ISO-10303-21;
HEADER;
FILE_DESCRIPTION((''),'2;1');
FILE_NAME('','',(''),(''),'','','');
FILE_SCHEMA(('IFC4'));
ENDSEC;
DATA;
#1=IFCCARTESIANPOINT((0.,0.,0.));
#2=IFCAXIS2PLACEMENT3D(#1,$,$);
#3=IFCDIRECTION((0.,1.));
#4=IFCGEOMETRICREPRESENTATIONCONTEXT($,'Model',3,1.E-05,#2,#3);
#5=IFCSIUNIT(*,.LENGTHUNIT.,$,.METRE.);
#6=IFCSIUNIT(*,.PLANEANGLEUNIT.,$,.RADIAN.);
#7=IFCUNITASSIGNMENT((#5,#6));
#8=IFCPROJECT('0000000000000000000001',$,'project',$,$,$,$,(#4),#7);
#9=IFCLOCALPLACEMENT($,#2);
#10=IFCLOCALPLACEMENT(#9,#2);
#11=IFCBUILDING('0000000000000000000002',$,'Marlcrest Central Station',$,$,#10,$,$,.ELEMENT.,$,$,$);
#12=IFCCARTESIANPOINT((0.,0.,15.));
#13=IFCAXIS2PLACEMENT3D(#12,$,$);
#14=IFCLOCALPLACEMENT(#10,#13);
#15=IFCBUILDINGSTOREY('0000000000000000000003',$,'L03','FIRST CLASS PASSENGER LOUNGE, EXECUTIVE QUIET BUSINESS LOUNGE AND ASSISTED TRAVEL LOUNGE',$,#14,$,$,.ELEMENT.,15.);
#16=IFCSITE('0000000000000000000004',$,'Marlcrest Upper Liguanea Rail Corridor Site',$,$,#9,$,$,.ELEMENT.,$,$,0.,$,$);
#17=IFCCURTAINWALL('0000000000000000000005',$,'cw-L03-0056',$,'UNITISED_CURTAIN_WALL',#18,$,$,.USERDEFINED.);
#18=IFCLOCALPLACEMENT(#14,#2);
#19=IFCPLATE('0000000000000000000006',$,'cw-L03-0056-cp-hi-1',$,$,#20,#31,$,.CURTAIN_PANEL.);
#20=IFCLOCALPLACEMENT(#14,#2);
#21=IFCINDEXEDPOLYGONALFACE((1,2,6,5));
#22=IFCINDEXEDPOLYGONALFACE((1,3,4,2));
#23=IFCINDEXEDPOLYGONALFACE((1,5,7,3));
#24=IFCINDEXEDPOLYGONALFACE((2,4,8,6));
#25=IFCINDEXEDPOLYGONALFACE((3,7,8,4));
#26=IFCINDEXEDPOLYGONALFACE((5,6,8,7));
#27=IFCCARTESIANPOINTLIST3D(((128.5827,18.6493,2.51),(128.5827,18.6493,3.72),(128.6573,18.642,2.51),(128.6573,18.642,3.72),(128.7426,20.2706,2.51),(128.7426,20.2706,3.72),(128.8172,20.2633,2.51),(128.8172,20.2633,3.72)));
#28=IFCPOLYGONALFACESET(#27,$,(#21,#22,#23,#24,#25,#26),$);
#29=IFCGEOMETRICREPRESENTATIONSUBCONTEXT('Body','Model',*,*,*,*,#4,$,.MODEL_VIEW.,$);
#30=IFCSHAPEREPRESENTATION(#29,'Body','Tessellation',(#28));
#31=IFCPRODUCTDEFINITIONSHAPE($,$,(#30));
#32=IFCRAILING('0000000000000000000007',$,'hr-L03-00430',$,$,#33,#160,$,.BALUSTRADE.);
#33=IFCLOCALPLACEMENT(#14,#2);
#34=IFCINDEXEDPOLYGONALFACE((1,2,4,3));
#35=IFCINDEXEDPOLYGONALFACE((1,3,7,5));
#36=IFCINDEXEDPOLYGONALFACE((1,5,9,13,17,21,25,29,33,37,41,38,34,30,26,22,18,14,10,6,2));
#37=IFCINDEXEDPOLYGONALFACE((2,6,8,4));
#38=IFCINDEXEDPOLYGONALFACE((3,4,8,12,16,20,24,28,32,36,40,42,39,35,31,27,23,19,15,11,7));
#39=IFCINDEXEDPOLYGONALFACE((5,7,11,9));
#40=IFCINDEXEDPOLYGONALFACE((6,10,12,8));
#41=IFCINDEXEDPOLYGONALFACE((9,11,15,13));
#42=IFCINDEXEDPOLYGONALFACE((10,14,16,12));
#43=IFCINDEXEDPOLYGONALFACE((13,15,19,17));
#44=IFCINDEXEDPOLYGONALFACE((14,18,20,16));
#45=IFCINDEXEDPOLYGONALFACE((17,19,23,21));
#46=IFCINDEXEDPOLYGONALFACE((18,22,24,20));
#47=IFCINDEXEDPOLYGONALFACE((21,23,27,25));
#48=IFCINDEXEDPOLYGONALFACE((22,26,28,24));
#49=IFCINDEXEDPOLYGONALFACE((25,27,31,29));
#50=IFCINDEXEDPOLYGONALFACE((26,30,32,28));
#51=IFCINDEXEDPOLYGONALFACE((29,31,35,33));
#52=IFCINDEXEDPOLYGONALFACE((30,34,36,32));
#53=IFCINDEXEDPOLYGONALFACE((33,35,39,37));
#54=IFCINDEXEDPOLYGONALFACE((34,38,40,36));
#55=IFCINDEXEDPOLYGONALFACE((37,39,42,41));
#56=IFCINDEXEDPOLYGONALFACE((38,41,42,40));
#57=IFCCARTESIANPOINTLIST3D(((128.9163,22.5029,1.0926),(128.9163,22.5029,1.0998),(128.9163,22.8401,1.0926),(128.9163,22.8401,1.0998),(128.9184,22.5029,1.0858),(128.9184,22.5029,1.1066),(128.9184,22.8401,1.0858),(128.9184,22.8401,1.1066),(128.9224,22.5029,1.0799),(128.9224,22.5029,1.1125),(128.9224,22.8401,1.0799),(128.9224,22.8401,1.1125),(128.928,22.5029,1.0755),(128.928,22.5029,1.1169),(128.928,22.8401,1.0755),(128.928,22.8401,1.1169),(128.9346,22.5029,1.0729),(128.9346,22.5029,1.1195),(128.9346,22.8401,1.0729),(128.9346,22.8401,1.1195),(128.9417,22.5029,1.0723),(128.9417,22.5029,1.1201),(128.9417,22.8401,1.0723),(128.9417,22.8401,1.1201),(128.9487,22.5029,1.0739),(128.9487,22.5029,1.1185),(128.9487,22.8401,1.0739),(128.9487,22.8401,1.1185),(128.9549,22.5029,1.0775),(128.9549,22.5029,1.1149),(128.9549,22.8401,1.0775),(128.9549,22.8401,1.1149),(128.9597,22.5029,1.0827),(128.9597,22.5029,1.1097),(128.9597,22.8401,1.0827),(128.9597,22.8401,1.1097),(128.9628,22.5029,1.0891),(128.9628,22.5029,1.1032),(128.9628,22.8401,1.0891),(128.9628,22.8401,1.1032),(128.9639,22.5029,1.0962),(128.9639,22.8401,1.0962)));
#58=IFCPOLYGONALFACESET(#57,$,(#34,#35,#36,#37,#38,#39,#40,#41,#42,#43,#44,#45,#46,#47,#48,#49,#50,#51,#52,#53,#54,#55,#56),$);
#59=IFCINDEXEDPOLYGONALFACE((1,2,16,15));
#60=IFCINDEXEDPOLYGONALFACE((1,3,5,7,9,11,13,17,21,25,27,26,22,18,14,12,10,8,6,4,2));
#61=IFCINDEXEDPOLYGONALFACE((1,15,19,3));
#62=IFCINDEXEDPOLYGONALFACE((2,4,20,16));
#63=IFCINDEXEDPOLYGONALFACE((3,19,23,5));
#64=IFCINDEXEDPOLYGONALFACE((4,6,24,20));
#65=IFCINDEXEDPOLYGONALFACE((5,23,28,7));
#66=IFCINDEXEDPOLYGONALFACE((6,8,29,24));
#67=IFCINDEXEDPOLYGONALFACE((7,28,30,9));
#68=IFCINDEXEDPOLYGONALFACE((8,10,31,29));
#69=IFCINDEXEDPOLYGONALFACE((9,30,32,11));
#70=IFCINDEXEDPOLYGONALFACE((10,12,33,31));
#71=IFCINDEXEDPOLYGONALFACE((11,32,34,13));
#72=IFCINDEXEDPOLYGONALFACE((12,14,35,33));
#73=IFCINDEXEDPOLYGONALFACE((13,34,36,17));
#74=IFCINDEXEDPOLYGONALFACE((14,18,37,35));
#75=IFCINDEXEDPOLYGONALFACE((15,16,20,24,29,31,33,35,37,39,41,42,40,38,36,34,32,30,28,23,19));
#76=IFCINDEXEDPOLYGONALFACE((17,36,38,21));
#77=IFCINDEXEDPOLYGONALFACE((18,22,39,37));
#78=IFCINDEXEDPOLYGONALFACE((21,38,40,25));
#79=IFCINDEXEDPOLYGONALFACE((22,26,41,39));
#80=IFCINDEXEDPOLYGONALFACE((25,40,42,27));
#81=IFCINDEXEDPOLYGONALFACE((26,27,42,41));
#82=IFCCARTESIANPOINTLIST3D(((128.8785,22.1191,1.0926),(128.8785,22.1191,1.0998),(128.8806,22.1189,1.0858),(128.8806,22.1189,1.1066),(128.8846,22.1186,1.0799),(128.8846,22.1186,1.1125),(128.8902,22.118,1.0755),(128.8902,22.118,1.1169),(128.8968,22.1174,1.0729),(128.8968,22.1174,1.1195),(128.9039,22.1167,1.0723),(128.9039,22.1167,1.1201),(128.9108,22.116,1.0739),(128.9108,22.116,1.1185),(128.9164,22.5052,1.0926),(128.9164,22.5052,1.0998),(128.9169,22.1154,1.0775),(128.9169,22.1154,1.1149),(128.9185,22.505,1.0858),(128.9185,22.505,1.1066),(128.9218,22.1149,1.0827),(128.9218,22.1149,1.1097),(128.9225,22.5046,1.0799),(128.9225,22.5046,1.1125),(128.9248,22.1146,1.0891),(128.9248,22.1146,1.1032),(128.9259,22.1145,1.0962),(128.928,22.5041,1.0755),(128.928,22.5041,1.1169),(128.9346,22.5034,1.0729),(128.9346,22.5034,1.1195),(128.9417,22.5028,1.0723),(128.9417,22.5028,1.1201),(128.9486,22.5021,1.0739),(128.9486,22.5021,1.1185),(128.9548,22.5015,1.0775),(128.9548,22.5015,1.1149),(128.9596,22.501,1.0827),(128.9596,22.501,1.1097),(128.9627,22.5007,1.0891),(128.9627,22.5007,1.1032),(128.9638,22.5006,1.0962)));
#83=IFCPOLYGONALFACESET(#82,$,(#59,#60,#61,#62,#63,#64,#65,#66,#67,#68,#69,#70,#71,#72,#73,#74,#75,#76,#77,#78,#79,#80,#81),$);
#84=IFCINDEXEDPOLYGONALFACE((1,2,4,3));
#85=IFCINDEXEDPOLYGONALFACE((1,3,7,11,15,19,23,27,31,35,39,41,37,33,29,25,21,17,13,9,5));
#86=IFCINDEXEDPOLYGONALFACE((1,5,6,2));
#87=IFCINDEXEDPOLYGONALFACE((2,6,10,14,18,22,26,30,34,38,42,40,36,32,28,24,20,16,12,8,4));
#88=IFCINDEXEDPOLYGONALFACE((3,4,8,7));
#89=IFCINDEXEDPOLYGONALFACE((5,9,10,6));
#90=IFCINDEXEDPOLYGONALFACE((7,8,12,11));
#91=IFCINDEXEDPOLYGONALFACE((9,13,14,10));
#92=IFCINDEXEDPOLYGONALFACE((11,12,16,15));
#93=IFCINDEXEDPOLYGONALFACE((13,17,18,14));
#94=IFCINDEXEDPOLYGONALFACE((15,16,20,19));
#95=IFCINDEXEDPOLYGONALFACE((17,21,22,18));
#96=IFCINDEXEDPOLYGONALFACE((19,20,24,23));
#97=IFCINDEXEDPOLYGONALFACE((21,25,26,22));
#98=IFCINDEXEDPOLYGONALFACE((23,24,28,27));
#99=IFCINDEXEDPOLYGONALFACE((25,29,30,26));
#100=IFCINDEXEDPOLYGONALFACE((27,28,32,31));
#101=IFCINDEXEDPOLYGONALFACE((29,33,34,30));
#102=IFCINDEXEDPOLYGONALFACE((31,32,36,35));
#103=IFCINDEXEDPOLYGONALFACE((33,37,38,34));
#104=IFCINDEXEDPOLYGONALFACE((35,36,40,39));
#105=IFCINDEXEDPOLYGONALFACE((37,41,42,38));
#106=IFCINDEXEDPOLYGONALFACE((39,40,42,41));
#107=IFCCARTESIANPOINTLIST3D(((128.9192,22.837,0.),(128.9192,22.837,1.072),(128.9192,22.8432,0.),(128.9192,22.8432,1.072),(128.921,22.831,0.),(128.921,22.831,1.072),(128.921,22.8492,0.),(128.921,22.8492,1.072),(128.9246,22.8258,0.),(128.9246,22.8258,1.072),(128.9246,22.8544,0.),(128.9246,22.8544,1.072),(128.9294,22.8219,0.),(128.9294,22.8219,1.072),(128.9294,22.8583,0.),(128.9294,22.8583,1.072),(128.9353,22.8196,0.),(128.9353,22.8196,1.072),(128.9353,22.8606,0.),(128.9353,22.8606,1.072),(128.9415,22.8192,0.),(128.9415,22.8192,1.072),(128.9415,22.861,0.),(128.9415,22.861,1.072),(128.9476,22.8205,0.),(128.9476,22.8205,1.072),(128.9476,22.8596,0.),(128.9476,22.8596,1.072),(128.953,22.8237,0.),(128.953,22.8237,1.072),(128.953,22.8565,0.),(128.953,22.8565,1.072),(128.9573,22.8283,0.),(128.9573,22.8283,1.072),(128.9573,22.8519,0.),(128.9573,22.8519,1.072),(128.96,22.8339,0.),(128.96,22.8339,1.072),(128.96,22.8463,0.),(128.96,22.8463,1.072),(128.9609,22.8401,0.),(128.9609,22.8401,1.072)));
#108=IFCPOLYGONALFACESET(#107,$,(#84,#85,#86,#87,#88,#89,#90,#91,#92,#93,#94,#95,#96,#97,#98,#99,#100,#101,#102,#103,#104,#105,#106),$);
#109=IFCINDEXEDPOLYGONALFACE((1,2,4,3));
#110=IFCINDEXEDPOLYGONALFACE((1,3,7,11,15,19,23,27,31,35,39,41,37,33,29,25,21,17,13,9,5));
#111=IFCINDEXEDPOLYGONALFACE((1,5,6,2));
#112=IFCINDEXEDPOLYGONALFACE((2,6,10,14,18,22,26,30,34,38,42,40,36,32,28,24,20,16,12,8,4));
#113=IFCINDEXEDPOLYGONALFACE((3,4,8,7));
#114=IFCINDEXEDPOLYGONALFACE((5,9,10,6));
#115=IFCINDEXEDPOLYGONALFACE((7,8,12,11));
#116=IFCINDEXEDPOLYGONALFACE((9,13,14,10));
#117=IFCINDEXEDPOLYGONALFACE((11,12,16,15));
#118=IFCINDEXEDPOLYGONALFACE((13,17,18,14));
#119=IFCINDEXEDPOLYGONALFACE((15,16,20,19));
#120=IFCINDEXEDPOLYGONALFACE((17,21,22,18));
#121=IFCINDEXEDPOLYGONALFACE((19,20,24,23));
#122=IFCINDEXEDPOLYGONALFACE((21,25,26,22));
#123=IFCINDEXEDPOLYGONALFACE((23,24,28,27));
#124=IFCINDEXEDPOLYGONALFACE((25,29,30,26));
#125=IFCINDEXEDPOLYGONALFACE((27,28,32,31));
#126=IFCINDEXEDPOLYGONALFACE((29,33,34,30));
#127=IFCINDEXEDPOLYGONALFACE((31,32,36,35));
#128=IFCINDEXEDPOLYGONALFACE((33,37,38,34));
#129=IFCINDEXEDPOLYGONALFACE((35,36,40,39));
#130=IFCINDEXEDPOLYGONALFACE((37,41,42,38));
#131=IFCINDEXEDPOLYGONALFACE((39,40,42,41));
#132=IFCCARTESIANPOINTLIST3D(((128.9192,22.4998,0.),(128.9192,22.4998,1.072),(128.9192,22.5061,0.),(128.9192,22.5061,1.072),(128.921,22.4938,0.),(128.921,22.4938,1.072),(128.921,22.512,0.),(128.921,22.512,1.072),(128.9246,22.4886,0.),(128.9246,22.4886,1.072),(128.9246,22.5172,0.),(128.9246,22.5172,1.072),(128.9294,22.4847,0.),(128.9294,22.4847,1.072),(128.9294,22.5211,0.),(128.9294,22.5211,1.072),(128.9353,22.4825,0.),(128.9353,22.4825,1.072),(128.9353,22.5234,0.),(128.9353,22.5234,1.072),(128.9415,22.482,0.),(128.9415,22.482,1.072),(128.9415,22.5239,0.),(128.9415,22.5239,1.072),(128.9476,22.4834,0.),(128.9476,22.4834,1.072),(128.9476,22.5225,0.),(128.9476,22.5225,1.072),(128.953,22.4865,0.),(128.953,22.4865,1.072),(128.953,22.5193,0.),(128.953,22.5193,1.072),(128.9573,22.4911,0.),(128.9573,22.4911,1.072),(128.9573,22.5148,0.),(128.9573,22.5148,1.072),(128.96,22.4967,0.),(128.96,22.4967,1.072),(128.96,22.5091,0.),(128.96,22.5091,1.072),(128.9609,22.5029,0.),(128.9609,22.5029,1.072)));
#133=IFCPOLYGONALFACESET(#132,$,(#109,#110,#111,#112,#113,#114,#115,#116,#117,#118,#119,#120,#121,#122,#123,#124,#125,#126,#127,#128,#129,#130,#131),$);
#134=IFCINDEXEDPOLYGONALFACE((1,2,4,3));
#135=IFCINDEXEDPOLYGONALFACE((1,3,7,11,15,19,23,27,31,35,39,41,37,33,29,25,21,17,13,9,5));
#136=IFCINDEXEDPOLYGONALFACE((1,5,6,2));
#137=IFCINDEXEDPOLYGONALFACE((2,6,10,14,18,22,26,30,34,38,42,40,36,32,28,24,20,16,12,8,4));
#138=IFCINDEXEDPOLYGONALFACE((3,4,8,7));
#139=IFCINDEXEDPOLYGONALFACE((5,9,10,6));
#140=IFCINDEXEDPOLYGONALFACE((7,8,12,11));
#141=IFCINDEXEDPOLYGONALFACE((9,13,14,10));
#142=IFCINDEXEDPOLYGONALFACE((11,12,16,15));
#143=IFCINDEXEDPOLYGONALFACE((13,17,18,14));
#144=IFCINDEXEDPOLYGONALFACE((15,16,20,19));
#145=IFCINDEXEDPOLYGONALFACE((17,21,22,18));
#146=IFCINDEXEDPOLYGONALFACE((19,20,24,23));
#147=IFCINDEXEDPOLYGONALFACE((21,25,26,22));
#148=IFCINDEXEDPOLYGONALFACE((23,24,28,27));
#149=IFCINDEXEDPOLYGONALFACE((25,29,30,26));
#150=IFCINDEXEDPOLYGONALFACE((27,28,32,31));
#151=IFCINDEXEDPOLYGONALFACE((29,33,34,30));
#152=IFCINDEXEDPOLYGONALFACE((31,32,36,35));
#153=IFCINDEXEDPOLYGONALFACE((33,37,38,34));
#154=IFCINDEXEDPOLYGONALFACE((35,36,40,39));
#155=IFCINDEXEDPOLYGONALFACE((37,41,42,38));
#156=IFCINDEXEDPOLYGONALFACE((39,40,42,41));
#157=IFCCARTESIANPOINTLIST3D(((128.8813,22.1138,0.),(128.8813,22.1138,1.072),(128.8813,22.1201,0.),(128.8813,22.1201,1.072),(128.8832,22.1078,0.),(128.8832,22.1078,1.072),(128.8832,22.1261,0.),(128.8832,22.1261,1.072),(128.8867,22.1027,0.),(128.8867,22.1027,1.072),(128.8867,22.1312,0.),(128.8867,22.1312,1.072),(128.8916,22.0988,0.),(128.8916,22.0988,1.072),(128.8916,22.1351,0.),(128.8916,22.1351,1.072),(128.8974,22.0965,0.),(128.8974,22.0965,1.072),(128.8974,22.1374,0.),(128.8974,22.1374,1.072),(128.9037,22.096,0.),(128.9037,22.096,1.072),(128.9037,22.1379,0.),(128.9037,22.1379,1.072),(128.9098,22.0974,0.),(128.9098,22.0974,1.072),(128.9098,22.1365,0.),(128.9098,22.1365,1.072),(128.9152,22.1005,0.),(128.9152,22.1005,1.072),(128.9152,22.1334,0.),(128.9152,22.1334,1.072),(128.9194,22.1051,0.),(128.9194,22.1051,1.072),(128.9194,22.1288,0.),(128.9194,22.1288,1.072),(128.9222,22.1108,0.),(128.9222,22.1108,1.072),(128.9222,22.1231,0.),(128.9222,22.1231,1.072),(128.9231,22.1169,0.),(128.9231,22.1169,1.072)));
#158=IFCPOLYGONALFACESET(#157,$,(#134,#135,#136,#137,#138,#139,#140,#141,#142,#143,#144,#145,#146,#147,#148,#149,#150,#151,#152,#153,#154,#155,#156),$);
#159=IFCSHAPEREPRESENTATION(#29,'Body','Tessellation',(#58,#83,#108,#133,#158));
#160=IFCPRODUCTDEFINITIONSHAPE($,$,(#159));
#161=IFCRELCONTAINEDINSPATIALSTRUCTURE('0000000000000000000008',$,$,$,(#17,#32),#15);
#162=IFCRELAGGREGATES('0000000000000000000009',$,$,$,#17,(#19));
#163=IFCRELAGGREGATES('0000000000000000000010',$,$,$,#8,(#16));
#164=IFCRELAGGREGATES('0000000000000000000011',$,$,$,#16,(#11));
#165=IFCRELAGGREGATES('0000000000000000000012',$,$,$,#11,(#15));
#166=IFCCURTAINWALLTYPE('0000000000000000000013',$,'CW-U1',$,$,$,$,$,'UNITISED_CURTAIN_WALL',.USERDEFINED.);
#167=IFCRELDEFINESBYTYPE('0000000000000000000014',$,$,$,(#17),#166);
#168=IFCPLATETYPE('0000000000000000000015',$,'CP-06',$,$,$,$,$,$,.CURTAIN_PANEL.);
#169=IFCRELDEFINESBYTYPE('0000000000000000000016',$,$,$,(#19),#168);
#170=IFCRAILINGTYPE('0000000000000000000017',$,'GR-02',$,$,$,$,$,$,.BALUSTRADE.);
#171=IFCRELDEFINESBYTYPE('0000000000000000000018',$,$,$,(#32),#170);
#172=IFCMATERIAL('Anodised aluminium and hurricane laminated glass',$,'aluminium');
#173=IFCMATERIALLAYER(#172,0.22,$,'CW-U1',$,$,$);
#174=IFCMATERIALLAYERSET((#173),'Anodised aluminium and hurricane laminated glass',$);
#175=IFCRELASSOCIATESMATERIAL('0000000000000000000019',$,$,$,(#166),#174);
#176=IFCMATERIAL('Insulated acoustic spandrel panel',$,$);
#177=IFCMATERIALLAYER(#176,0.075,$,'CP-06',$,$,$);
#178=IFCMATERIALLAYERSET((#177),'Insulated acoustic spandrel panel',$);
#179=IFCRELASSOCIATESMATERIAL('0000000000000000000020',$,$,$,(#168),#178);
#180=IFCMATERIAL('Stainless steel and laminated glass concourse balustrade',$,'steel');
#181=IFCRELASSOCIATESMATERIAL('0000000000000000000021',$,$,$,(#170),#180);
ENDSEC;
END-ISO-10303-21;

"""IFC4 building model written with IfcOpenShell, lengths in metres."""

from ifc_helpers import new_model, si_unit, direction, frame, origin, origin_2d, place, context, subcontext, project, spatial, rectangle, circle, extrude, material, layer, layer_set, type_object, element, aggregate, save


model = new_model("IFC4")

# Units and contexts
model_context = context("Model", 3, precision=1e-05, world=origin(), true_north=direction((0.0, 1.0)))
body_context = subcontext(model_context, "Body", "Model", "MODEL_VIEW")
ifc_project = project(units=[si_unit("LENGTHUNIT", "METRE"), si_unit("PLANEANGLEUNIT", "RADIAN")], contexts=[model_context])

# Site, building, storey
site_placement = place(None, origin())
site = spatial("IfcSite", under=ifc_project, at=site_placement, Name="Marlcrest Upper Liguanea Rail Corridor Site", CompositionType="ELEMENT", RefElevation=0.0)
building_placement = place(site_placement, origin())
building = spatial("IfcBuilding", under=site, at=building_placement, Name="Marlcrest Central Station", CompositionType="ELEMENT")
storey_placement = place(building_placement, frame((0.0, 0.0, 15.0)))
storey = spatial("IfcBuildingStorey", under=building, at=storey_placement, Name="L03", Description="FIRST CLASS PASSENGER LOUNGE, EXECUTIVE QUIET BUSINESS LOUNGE AND ASSISTED TRAVEL LOUNGE", CompositionType="ELEMENT", Elevation=15.0)

# Shared definitions
ifc_material_1 = material(Name="Anodised aluminium and hurricane laminated glass", Category="aluminium")
ifc_layer_1 = layer(ifc_material_1, 0.22, Name="CW-U1")
ifc_layer_set_1 = layer_set([ifc_layer_1], Name="Anodised aluminium and hurricane laminated glass")
curtain_wall_type = type_object("IfcCurtainWallType", Name="CW-U1", ElementType="UNITISED_CURTAIN_WALL", PredefinedType="USERDEFINED", material=ifc_layer_set_1)

# Curtain wall
curtain_wall_1_placement = place(storey_placement, origin())
curtain_wall_1 = element("IfcCurtainWall", 1, at=curtain_wall_1_placement, inside=storey, type_object=curtain_wall_type, Name="cw-L03-0056", ObjectType="UNITISED_CURTAIN_WALL", PredefinedType="USERDEFINED")

# Plate
ifc_material_2 = material(Name="Insulated acoustic spandrel panel")
ifc_layer_2 = layer(ifc_material_2, 0.075, Name="CP-06")
ifc_layer_set_2 = layer_set([ifc_layer_2], Name="Insulated acoustic spandrel panel")
plate_type_1 = type_object("IfcPlateType", Name="CP-06", PredefinedType="CURTAIN_PANEL", material=ifc_layer_set_2)
plate_1_placement = place(storey_placement, frame((128.7, 19.4563, 2.51), z_axis=(0.0, 0.0, 1.0), x_axis=(-0.098139, -0.995173, 0.0)))
plate_1 = element("IfcPlate", 2, at=plate_1_placement, type_object=plate_type_1, Name="cw-L03-0056-cp-hi-1", PredefinedType="CURTAIN_PANEL", context=body_context, shape_type="SweptSolid", body=[
    extrude(rectangle(XDim=1.6292, YDim=0.075, at=origin_2d()), origin(), (0.0, 0.0, 1.0), 1.21),
])
aggregate(curtain_wall_1, [plate_1])

# Railing
ifc_material_3 = material(Name="Stainless steel and laminated glass concourse balustrade", Category="steel")
railing_type = type_object("IfcRailingType", Name="GR-02", PredefinedType="BALUSTRADE", material=ifc_material_3)
railing_1_placement = place(storey_placement, frame((128.9399, 22.8401, 0.0)))
element("IfcRailing", 3, at=railing_1_placement, inside=storey, type_object=railing_type, Name="hr-L03-00430", PredefinedType="BALUSTRADE", context=body_context, shape_type="SweptSolid", body=[
    extrude(circle(Radius=0.0239, at=origin_2d()), frame((0.0, 0.0, 1.0962), z_axis=(0.0, -1.0, 0.0), x_axis=(1.0, 0.0, 0.0)), (0.0, 0.0, 1.0), 0.3372),
    extrude(circle(Radius=0.0239, at=origin_2d()), frame((0.0, -0.3372, 1.0962), z_axis=(-0.097571, -0.995229, 0.0), x_axis=(0.995229, -0.097571, 0.0)), (0.0, 0.0, 1.0), 0.3879),
    extrude(circle(Radius=0.021, at=origin_2d()), origin(), (0.0, 0.0, 1.0), 1.072),
    extrude(circle(Radius=0.021, at=origin_2d()), frame((0.0, -0.3372, 0.0)), (0.0, 0.0, 1.0), 1.072),
    extrude(circle(Radius=0.021, at=origin_2d()), frame((-0.0378, -0.7231, 0.0)), (0.0, 0.0, 1.0), 1.072),
])

save(model, "model.ifc")
